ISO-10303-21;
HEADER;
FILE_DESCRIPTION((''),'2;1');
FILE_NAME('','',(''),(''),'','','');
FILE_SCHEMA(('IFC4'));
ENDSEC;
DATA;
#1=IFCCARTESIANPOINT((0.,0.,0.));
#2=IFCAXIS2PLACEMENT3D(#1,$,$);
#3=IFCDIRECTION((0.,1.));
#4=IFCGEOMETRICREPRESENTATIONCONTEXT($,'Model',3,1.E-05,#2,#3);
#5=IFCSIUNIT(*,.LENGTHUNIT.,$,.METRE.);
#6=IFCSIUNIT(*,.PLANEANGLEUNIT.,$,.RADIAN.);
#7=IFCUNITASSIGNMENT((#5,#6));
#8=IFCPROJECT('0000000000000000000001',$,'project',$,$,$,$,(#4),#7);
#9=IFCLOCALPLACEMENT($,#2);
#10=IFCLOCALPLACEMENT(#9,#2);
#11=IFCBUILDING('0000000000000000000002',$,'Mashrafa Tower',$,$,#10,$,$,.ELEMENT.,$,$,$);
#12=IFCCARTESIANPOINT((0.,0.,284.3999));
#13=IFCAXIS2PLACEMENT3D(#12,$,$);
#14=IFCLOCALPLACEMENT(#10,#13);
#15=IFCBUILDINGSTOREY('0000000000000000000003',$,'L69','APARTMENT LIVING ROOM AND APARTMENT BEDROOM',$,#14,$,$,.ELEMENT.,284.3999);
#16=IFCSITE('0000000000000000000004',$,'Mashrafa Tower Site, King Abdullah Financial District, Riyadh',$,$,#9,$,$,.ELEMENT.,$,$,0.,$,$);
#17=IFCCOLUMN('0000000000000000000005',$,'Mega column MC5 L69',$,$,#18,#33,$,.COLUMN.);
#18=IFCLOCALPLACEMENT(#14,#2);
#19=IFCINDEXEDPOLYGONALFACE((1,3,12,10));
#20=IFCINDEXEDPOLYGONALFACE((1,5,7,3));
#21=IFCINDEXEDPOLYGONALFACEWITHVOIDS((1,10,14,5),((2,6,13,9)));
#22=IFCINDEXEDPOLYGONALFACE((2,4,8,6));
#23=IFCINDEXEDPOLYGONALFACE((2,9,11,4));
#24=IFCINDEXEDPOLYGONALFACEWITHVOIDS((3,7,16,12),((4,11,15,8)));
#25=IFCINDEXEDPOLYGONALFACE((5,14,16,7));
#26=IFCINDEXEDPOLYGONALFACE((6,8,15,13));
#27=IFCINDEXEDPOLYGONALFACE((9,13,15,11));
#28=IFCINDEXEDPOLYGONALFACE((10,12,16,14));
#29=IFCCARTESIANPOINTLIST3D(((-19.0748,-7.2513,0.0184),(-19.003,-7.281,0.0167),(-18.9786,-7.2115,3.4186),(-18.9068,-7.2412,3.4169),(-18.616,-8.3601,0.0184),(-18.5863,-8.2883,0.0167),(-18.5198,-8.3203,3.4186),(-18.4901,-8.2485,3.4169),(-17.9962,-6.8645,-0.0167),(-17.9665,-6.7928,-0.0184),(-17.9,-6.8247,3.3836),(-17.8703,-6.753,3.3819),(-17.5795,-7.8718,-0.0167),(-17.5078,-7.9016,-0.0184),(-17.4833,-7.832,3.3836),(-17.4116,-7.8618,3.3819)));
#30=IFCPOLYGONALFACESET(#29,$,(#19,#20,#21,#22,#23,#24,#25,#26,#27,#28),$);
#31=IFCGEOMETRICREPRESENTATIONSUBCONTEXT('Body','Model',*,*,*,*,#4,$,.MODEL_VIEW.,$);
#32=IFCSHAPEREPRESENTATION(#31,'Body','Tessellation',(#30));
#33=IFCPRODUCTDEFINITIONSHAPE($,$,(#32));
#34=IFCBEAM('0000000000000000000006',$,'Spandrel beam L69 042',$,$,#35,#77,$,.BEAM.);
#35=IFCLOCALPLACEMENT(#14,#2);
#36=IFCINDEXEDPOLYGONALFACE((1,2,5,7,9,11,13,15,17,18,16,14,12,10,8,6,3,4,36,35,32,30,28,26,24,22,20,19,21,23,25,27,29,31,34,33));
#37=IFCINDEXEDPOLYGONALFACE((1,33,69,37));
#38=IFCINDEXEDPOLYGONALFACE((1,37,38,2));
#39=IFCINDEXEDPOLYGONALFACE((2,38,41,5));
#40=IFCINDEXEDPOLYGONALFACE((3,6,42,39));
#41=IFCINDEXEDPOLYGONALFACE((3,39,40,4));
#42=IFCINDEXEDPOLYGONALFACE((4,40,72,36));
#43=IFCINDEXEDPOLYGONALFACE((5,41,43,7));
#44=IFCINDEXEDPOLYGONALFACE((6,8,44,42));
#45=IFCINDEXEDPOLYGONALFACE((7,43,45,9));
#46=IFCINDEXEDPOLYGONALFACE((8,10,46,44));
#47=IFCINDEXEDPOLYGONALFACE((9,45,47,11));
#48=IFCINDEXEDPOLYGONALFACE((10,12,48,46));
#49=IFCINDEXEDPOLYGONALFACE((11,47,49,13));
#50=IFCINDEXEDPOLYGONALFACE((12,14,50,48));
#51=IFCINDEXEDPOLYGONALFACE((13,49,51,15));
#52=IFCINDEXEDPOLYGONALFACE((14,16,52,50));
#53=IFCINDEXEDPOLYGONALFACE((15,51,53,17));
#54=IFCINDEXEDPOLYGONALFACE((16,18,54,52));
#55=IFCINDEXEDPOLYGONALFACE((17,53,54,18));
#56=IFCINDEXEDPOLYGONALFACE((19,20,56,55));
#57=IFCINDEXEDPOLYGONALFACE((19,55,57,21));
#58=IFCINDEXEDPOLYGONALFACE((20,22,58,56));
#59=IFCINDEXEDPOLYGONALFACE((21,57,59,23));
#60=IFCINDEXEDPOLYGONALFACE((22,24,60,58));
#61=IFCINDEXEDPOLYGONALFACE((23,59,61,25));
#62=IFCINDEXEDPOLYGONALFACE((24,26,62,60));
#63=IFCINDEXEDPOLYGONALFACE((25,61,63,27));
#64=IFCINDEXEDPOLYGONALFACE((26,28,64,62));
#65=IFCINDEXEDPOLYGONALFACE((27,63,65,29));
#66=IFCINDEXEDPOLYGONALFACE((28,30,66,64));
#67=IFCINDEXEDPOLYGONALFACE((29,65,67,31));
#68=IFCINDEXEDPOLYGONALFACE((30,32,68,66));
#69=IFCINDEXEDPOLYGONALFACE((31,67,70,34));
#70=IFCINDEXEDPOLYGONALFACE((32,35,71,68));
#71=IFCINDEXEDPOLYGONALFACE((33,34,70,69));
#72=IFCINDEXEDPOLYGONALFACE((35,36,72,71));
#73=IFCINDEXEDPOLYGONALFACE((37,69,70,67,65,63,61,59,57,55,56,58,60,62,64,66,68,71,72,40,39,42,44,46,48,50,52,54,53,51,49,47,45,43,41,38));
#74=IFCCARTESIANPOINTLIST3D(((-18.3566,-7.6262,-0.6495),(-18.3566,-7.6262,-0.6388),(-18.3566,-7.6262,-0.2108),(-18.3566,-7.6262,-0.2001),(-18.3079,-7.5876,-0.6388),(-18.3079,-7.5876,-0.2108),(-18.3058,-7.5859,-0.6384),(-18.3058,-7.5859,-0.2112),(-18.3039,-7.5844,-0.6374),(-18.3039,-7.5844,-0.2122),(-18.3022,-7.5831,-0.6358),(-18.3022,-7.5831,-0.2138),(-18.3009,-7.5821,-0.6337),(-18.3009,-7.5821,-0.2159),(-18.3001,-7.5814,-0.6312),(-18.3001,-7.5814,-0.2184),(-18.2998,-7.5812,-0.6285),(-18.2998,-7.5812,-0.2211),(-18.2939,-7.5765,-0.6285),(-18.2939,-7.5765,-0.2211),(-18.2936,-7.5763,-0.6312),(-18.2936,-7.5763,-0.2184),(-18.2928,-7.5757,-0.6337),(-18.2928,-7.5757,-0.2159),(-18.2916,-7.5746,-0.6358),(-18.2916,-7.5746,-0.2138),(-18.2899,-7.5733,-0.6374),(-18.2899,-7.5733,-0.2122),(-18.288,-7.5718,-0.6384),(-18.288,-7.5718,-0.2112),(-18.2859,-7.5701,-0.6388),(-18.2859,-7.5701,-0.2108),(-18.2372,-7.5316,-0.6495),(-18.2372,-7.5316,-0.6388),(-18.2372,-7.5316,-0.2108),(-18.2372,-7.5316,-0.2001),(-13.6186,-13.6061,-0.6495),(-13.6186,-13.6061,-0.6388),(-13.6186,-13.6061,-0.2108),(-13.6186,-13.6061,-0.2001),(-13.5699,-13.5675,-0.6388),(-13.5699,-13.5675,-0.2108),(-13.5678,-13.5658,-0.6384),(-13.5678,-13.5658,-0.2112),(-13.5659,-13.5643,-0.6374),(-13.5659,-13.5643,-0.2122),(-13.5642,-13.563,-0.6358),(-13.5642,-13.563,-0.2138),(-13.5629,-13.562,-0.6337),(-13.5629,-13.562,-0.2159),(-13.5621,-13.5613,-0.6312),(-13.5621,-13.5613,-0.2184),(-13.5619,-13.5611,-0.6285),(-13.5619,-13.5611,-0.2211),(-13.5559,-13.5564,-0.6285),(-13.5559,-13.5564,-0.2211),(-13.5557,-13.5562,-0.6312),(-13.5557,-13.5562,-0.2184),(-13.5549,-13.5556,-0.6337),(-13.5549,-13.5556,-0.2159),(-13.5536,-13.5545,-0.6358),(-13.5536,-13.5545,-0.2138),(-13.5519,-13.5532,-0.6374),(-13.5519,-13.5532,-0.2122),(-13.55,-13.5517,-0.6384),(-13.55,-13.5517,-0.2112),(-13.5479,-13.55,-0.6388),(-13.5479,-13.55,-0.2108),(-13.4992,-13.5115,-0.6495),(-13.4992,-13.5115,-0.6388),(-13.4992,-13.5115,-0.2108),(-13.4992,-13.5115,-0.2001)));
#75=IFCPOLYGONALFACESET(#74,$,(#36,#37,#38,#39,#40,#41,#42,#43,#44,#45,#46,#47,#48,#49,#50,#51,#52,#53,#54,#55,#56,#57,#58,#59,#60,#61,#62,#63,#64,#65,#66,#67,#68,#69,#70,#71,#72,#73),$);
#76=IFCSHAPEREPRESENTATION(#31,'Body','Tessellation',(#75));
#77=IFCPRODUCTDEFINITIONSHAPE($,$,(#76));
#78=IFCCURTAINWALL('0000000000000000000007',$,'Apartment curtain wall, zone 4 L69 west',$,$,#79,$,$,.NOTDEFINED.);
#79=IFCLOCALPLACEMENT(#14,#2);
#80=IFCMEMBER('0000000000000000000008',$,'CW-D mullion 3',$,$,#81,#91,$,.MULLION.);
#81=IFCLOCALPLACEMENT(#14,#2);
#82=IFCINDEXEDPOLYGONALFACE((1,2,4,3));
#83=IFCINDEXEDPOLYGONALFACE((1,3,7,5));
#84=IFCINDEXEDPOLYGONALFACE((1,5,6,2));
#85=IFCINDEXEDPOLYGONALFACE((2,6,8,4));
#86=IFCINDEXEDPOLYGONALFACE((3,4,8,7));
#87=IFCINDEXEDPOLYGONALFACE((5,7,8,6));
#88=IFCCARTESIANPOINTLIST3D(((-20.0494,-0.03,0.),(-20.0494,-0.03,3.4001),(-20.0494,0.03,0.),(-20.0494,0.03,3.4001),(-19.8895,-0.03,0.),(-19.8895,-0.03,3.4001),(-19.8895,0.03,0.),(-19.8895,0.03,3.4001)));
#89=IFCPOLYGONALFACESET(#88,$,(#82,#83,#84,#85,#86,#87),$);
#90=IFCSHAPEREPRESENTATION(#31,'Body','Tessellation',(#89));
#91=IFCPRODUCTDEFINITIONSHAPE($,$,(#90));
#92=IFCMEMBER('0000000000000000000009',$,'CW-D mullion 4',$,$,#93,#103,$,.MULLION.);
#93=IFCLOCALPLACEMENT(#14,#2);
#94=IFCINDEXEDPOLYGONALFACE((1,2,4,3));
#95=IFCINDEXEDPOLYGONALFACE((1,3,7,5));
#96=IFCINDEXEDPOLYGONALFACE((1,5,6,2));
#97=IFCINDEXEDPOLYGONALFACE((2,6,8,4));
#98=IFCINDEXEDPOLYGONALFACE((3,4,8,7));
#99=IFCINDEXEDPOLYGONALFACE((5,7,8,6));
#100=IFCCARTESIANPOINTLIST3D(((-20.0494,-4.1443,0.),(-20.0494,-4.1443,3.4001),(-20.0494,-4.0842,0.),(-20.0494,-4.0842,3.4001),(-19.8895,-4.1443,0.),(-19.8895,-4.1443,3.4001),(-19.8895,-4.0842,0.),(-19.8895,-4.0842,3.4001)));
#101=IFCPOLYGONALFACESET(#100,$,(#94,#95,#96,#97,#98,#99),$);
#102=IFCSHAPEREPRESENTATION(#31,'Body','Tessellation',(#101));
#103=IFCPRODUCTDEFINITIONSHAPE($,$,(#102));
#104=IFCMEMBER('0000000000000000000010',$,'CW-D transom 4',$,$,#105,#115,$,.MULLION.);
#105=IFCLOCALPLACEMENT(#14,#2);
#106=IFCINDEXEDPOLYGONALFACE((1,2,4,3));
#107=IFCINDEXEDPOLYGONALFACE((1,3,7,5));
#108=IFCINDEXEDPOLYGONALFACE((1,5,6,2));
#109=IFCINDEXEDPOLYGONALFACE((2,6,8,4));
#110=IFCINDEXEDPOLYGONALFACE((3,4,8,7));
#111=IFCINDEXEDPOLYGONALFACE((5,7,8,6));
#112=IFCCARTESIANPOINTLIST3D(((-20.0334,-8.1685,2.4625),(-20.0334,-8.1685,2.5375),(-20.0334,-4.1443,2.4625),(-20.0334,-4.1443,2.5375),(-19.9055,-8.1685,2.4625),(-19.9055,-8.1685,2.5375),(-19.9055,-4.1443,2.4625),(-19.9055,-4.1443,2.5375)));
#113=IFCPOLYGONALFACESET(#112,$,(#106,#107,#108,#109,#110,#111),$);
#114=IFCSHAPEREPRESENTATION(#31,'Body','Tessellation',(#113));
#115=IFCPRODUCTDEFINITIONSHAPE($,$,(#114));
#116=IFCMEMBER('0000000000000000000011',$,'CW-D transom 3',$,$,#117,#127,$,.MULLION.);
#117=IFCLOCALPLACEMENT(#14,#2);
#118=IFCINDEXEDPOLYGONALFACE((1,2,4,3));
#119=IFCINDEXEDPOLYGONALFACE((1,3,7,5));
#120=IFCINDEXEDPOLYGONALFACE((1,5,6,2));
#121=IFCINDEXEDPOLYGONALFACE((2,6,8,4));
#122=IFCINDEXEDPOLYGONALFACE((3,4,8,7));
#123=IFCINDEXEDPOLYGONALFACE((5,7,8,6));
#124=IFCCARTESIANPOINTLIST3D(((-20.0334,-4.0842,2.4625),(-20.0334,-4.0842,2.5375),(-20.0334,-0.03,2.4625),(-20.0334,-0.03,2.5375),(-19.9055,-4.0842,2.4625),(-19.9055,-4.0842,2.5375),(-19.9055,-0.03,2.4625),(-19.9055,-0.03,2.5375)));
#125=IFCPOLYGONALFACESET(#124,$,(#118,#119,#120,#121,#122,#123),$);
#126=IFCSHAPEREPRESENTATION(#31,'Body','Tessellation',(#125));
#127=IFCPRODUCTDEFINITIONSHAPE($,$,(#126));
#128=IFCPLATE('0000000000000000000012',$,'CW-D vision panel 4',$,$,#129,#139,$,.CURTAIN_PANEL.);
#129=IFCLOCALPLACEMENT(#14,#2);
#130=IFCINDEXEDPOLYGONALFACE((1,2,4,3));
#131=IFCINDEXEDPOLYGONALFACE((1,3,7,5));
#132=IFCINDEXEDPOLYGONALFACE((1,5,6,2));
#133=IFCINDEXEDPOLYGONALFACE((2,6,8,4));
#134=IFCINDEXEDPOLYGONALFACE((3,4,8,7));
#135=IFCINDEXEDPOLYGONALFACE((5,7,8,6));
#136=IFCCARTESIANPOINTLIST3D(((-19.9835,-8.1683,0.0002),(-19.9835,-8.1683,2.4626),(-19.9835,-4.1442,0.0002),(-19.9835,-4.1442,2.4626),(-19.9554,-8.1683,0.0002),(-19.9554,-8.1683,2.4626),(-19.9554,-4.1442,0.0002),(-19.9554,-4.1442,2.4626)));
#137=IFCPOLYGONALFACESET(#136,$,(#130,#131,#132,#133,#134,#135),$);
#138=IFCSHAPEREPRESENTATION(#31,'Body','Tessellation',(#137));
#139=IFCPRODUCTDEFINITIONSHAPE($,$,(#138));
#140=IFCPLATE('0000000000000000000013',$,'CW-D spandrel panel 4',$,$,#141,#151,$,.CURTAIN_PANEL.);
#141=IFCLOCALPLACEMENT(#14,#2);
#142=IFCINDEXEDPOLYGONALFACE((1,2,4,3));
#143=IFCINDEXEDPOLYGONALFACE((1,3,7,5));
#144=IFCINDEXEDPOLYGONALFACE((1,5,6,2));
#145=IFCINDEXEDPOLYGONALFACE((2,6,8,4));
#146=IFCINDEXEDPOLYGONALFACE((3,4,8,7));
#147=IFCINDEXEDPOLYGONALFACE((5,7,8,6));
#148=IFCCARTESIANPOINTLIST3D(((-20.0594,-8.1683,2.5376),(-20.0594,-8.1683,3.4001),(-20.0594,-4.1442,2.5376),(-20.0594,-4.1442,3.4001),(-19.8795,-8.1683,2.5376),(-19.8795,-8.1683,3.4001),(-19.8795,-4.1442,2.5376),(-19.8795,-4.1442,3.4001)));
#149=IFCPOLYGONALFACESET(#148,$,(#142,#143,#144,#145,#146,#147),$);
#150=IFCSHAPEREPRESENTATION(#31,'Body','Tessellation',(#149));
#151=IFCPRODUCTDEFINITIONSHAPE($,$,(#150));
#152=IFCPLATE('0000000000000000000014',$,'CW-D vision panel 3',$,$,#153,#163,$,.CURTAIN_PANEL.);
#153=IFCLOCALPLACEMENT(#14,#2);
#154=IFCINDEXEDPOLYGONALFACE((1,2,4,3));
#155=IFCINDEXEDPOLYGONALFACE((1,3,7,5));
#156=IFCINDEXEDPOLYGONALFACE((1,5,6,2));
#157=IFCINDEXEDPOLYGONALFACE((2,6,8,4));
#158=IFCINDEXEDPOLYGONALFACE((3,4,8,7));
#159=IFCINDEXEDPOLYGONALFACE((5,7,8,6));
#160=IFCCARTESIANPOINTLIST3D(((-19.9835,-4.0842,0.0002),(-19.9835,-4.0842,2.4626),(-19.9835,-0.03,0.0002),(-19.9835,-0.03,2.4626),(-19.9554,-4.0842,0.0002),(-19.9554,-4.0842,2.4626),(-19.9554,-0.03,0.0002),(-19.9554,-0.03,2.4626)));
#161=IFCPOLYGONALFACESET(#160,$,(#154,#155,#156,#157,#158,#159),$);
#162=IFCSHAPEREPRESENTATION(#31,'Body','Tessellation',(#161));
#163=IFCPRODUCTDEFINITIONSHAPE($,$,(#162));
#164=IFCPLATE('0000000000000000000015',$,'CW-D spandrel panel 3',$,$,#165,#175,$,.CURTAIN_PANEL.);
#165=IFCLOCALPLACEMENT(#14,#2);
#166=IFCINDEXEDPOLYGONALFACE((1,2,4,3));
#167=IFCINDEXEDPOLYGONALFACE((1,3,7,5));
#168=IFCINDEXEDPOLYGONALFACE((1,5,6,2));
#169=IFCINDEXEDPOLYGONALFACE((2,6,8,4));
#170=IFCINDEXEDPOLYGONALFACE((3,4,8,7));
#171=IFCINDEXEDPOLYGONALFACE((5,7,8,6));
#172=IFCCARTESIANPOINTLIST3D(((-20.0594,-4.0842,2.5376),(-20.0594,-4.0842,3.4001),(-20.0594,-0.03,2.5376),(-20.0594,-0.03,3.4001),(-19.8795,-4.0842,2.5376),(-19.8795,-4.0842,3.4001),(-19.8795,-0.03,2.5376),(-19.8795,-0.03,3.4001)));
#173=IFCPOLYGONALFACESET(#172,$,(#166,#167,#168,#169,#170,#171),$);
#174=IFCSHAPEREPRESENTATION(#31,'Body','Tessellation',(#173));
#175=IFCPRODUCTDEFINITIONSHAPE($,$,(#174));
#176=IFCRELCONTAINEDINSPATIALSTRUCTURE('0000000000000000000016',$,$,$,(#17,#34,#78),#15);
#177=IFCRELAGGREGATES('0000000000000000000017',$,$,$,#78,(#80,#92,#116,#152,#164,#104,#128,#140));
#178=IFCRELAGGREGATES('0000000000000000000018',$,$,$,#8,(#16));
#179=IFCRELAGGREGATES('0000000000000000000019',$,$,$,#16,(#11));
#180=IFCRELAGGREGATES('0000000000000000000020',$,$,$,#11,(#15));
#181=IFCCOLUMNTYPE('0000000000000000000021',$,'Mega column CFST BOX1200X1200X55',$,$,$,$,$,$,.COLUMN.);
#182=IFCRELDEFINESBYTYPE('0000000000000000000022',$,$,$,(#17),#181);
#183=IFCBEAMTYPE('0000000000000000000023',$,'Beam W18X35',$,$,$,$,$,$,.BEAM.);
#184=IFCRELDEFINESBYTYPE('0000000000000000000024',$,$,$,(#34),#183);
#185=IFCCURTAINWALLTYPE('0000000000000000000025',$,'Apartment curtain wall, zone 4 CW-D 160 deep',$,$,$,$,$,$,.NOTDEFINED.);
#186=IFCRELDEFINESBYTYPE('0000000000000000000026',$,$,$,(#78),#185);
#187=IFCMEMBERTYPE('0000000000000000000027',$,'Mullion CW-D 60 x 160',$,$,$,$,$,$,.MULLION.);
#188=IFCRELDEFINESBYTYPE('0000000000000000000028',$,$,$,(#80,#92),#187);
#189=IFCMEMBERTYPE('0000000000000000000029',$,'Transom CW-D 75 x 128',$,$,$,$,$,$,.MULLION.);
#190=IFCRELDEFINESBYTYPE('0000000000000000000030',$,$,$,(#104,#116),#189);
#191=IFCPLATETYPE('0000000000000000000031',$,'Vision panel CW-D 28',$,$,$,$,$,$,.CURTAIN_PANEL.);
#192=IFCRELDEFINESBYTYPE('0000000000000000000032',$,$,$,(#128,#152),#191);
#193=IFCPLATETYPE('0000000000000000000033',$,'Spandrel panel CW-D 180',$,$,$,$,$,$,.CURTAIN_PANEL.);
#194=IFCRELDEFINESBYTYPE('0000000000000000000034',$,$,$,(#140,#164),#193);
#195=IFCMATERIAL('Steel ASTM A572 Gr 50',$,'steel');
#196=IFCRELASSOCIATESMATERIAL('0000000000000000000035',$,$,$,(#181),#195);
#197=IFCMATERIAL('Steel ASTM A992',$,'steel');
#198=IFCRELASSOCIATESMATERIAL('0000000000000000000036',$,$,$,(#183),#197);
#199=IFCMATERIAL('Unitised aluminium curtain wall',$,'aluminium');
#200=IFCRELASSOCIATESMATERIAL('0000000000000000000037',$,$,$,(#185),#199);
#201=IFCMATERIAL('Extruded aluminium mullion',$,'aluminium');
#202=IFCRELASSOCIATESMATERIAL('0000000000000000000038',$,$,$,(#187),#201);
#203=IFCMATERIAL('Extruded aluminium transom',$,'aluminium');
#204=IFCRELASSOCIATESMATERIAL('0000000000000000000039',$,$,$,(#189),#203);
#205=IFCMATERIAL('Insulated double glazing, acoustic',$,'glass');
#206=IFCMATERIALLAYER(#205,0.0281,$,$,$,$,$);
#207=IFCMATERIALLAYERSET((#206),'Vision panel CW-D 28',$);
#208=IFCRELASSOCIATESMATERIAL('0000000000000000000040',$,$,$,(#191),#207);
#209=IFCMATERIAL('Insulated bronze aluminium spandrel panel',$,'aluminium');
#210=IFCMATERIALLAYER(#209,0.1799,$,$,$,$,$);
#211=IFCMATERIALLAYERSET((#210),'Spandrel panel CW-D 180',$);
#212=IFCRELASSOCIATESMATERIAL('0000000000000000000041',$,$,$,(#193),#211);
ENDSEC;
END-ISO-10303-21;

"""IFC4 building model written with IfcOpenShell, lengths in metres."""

from ifc_helpers import new_model, si_unit, direction, frame, origin, origin_2d, place, context, subcontext, project, spatial, rectangle, hollow_rectangle, i_section, extrude, source, transform, mapped, material, layer, layer_set, material_profile, profile_set, type_object, type_shapes, element, aggregate, save


model = new_model("IFC4")

# Units and contexts
model_context = context("Model", 3, precision=1e-05, world=origin(), true_north=direction((0.0, 1.0)))
body_context = subcontext(model_context, "Body", "Model", "MODEL_VIEW")
ifc_project = project(units=[si_unit("LENGTHUNIT", "METRE"), si_unit("PLANEANGLEUNIT", "RADIAN")], contexts=[model_context])

# Site, building, storey
site_placement = place(None, origin())
site = spatial("IfcSite", under=ifc_project, at=site_placement, Name="Mashrafa Tower Site, King Abdullah Financial District, Riyadh", CompositionType="ELEMENT", RefElevation=0.0)
building_placement = place(site_placement, origin())
building = spatial("IfcBuilding", under=site, at=building_placement, Name="Mashrafa Tower", CompositionType="ELEMENT")
storey_placement = place(building_placement, frame((0.0, 0.0, 284.3999)))
storey = spatial("IfcBuildingStorey", under=building, at=storey_placement, Name="L69", Description="APARTMENT LIVING ROOM AND APARTMENT BEDROOM", CompositionType="ELEMENT", Elevation=284.3999)

# Column
ifc_material_1 = material(Name="Steel ASTM A572 Gr 50", Category="steel")
ifc_material_profile_1 = material_profile(ifc_material_1, hollow_rectangle(XDim=1.2, YDim=1.2, WallThickness=0.0549, at=origin_2d()), Name="BOX1200X1200X55")
ifc_profile_set_1 = profile_set([ifc_material_profile_1], Name="Steel ASTM A572 Gr 50")
column_type = type_object("IfcColumnType", Name="Mega column CFST BOX1200X1200X55", PredefinedType="COLUMN", material=ifc_profile_set_1)
column_placement = place(storey_placement, frame((-18.2913, -7.5764, 0.0), z_axis=(0.028277, 0.011698, 0.999532), x_axis=(-0.382283, 0.924045, 0.0)))
element("IfcColumn", 1, at=column_placement, inside=storey, type_object=column_type, Name="Mega column MC5 L69", PredefinedType="COLUMN", context=body_context, shape_type="SweptSolid", body=[
    extrude(hollow_rectangle(XDim=1.2, YDim=1.2, WallThickness=0.0549, at=origin_2d()), origin(), (0.0, 0.0, 1.0), 3.4019),
])

# Beam
ifc_material_2 = material(Name="Steel ASTM A992", Category="steel")
ifc_material_profile_2 = material_profile(ifc_material_2, i_section(OverallWidth=0.1523, OverallDepth=0.4495, WebThickness=0.0076, FlangeThickness=0.0107, FilletRadius=0.0103, at=origin_2d()), Name="W18X35")
ifc_profile_set_2 = profile_set([ifc_material_profile_2], Name="Steel ASTM A992")
beam_type = type_object("IfcBeamType", Name="Beam W18X35", PredefinedType="BEAM", material=ifc_profile_set_2)
beam_placement = place(storey_placement, frame((-18.2969, -7.5789, -0.4248), z_axis=(0.621016, -0.783798, 0.0), x_axis=(0.783798, 0.621016, 0.0)))
element("IfcBeam", 2, at=beam_placement, inside=storey, type_object=beam_type, Name="Spandrel beam L69 042", PredefinedType="BEAM", context=body_context, shape_type="SweptSolid", body=[
    extrude(i_section(OverallWidth=0.1523, OverallDepth=0.4495, WebThickness=0.0076, FlangeThickness=0.0107, FilletRadius=0.0103, at=origin_2d()), origin(), (0.0, 0.0, 1.0), 7.6294),
])

# Curtain wall, members, plates
ifc_material_3 = material(Name="Unitised aluminium curtain wall", Category="aluminium")
curtain_wall_type = type_object("IfcCurtainWallType", Name="Apartment curtain wall, zone 4 CW-D 160 deep", PredefinedType="NOTDEFINED", material=ifc_material_3)
curtain_wall_placement = place(storey_placement, origin())
curtain_wall = element("IfcCurtainWall", 3, at=curtain_wall_placement, inside=storey, type_object=curtain_wall_type, Name="Apartment curtain wall, zone 4 L69 west", PredefinedType="NOTDEFINED")
ifc_material_4 = material(Name="Extruded aluminium mullion", Category="aluminium")
ifc_material_profile_3 = material_profile(ifc_material_4, rectangle(XDim=0.1599, YDim=0.0601, at=origin_2d()), Name="Mullion 60x160")
ifc_profile_set_3 = profile_set([ifc_material_profile_3], Name="Extruded aluminium mullion")
member_type_1 = type_object("IfcMemberType", Name="Mullion CW-D 60 x 160", PredefinedType="MULLION", material=ifc_profile_set_3)
shared_shape_1 = source(origin(), body_context, "Body", "SweptSolid", [
    extrude(rectangle(XDim=0.1599, YDim=0.0601, at=origin_2d()), origin(), (0.0, 0.0, 1.0), 3.4001),
])
type_shapes(member_type_1, [shared_shape_1])
member_1_placement = place(storey_placement, frame((-19.9695, 0.0, 0.0), z_axis=(0.0, 0.0, 1.0), x_axis=(1.0, 0.0, 0.0)))
member_1 = element("IfcMember", 4, at=member_1_placement, type_object=member_type_1, Name="CW-D mullion 3", PredefinedType="MULLION", context=body_context, shape_type="MappedRepresentation", body=[
    mapped(shared_shape_1, transform((0.0, 0.0, 0.0))),
])
member_2_placement = place(storey_placement, frame((-19.9695, -4.1143, 0.0), z_axis=(0.0, 0.0, 1.0), x_axis=(1.0, 0.0, 0.0)))
member_2 = element("IfcMember", 5, at=member_2_placement, type_object=member_type_1, Name="CW-D mullion 4", PredefinedType="MULLION", context=body_context, shape_type="MappedRepresentation", body=[
    mapped(shared_shape_1, transform((0.0, 0.0, 0.0))),
])
ifc_material_5 = material(Name="Extruded aluminium transom", Category="aluminium")
ifc_material_profile_4 = material_profile(ifc_material_5, rectangle(XDim=0.1279, YDim=0.075, at=origin_2d()), Name="Transom 75x128")
ifc_profile_set_4 = profile_set([ifc_material_profile_4], Name="Extruded aluminium transom")
member_type_2 = type_object("IfcMemberType", Name="Transom CW-D 75 x 128", PredefinedType="MULLION", material=ifc_profile_set_4)
shared_shape_2 = source(origin(), body_context, "Body", "SweptSolid", [
    extrude(rectangle(XDim=0.1279, YDim=0.075, at=origin_2d()), origin(), (0.0, 0.0, 1.0), 4.0242),
])
member_3_placement = place(storey_placement, frame((-19.9695, -4.1443, 2.5), z_axis=(0.0, -1.0, 0.0), x_axis=(1.0, 0.0, 0.0)))
member_3 = element("IfcMember", 6, at=member_3_placement, type_object=member_type_2, Name="CW-D transom 4", PredefinedType="MULLION", context=body_context, shape_type="MappedRepresentation", body=[
    mapped(shared_shape_2, transform((0.0, 0.0, 0.0))),
])
shared_shape_3 = source(origin(), body_context, "Body", "SweptSolid", [
    extrude(rectangle(XDim=0.1279, YDim=0.075, at=origin_2d()), origin(), (0.0, 0.0, 1.0), 4.0542),
])
type_shapes(member_type_2, [shared_shape_2, shared_shape_3])
member_4_placement = place(storey_placement, frame((-19.9695, -0.03, 2.5), z_axis=(0.0, -1.0, 0.0), x_axis=(1.0, 0.0, 0.0)))
member_4 = element("IfcMember", 7, at=member_4_placement, type_object=member_type_2, Name="CW-D transom 3", PredefinedType="MULLION", context=body_context, shape_type="MappedRepresentation", body=[
    mapped(shared_shape_3, transform((0.0, 0.0, 0.0))),
])
ifc_material_6 = material(Name="Insulated double glazing, acoustic", Category="glass")
ifc_layer_1 = layer(ifc_material_6, 0.0281)
ifc_layer_set_1 = layer_set([ifc_layer_1], Name="Vision panel CW-D 28")
plate_type_1 = type_object("IfcPlateType", Name="Vision panel CW-D 28", PredefinedType="CURTAIN_PANEL", material=ifc_layer_set_1)
shared_shape_4 = source(origin(), body_context, "Body", "SweptSolid", [
    extrude(rectangle(XDim=4.0242, YDim=0.0281, at=origin_2d()), origin(), (0.0, 0.0, 1.0), 2.4624),
])
plate_1_placement = place(storey_placement, frame((-19.9695, -6.1562, 0.0002), z_axis=(0.0, 0.0, 1.0), x_axis=(0.0, -1.0, 0.0)))
plate_1 = element("IfcPlate", 8, at=plate_1_placement, type_object=plate_type_1, Name="CW-D vision panel 4", PredefinedType="CURTAIN_PANEL", context=body_context, shape_type="MappedRepresentation", body=[
    mapped(shared_shape_4, transform((0.0, 0.0, 0.0))),
])
ifc_material_7 = material(Name="Insulated bronze aluminium spandrel panel", Category="aluminium")
ifc_layer_2 = layer(ifc_material_7, 0.1799)
ifc_layer_set_2 = layer_set([ifc_layer_2], Name="Spandrel panel CW-D 180")
plate_type_2 = type_object("IfcPlateType", Name="Spandrel panel CW-D 180", PredefinedType="CURTAIN_PANEL", material=ifc_layer_set_2)
shared_shape_5 = source(origin(), body_context, "Body", "SweptSolid", [
    extrude(rectangle(XDim=4.0242, YDim=0.1799, at=origin_2d()), origin(), (0.0, 0.0, 1.0), 0.8625),
])
plate_2_placement = place(storey_placement, frame((-19.9695, -6.1562, 2.5376), z_axis=(0.0, 0.0, 1.0), x_axis=(0.0, -1.0, 0.0)))
plate_2 = element("IfcPlate", 9, at=plate_2_placement, type_object=plate_type_2, Name="CW-D spandrel panel 4", PredefinedType="CURTAIN_PANEL", context=body_context, shape_type="MappedRepresentation", body=[
    mapped(shared_shape_5, transform((0.0, 0.0, 0.0))),
])
shared_shape_6 = source(origin(), body_context, "Body", "SweptSolid", [
    extrude(rectangle(XDim=4.0542, YDim=0.0281, at=origin_2d()), origin(), (0.0, 0.0, 1.0), 2.4624),
])
type_shapes(plate_type_1, [shared_shape_4, shared_shape_6])
plate_3_placement = place(storey_placement, frame((-19.9695, -2.0571, 0.0002), z_axis=(0.0, 0.0, 1.0), x_axis=(0.0, -1.0, 0.0)))
plate_3 = element("IfcPlate", 10, at=plate_3_placement, type_object=plate_type_1, Name="CW-D vision panel 3", PredefinedType="CURTAIN_PANEL", context=body_context, shape_type="MappedRepresentation", body=[
    mapped(shared_shape_6, transform((0.0, 0.0, 0.0))),
])
shared_shape_7 = source(origin(), body_context, "Body", "SweptSolid", [
    extrude(rectangle(XDim=4.0542, YDim=0.1799, at=origin_2d()), origin(), (0.0, 0.0, 1.0), 0.8625),
])
type_shapes(plate_type_2, [shared_shape_5, shared_shape_7])
plate_4_placement = place(storey_placement, frame((-19.9695, -2.0571, 2.5376), z_axis=(0.0, 0.0, 1.0), x_axis=(0.0, -1.0, 0.0)))
plate_4 = element("IfcPlate", 11, at=plate_4_placement, type_object=plate_type_2, Name="CW-D spandrel panel 3", PredefinedType="CURTAIN_PANEL", context=body_context, shape_type="MappedRepresentation", body=[
    mapped(shared_shape_7, transform((0.0, 0.0, 0.0))),
])
aggregate(curtain_wall, [member_1, member_2, member_4, plate_3, plate_4, member_3, plate_1, plate_2])

save(model, "model.ifc")
